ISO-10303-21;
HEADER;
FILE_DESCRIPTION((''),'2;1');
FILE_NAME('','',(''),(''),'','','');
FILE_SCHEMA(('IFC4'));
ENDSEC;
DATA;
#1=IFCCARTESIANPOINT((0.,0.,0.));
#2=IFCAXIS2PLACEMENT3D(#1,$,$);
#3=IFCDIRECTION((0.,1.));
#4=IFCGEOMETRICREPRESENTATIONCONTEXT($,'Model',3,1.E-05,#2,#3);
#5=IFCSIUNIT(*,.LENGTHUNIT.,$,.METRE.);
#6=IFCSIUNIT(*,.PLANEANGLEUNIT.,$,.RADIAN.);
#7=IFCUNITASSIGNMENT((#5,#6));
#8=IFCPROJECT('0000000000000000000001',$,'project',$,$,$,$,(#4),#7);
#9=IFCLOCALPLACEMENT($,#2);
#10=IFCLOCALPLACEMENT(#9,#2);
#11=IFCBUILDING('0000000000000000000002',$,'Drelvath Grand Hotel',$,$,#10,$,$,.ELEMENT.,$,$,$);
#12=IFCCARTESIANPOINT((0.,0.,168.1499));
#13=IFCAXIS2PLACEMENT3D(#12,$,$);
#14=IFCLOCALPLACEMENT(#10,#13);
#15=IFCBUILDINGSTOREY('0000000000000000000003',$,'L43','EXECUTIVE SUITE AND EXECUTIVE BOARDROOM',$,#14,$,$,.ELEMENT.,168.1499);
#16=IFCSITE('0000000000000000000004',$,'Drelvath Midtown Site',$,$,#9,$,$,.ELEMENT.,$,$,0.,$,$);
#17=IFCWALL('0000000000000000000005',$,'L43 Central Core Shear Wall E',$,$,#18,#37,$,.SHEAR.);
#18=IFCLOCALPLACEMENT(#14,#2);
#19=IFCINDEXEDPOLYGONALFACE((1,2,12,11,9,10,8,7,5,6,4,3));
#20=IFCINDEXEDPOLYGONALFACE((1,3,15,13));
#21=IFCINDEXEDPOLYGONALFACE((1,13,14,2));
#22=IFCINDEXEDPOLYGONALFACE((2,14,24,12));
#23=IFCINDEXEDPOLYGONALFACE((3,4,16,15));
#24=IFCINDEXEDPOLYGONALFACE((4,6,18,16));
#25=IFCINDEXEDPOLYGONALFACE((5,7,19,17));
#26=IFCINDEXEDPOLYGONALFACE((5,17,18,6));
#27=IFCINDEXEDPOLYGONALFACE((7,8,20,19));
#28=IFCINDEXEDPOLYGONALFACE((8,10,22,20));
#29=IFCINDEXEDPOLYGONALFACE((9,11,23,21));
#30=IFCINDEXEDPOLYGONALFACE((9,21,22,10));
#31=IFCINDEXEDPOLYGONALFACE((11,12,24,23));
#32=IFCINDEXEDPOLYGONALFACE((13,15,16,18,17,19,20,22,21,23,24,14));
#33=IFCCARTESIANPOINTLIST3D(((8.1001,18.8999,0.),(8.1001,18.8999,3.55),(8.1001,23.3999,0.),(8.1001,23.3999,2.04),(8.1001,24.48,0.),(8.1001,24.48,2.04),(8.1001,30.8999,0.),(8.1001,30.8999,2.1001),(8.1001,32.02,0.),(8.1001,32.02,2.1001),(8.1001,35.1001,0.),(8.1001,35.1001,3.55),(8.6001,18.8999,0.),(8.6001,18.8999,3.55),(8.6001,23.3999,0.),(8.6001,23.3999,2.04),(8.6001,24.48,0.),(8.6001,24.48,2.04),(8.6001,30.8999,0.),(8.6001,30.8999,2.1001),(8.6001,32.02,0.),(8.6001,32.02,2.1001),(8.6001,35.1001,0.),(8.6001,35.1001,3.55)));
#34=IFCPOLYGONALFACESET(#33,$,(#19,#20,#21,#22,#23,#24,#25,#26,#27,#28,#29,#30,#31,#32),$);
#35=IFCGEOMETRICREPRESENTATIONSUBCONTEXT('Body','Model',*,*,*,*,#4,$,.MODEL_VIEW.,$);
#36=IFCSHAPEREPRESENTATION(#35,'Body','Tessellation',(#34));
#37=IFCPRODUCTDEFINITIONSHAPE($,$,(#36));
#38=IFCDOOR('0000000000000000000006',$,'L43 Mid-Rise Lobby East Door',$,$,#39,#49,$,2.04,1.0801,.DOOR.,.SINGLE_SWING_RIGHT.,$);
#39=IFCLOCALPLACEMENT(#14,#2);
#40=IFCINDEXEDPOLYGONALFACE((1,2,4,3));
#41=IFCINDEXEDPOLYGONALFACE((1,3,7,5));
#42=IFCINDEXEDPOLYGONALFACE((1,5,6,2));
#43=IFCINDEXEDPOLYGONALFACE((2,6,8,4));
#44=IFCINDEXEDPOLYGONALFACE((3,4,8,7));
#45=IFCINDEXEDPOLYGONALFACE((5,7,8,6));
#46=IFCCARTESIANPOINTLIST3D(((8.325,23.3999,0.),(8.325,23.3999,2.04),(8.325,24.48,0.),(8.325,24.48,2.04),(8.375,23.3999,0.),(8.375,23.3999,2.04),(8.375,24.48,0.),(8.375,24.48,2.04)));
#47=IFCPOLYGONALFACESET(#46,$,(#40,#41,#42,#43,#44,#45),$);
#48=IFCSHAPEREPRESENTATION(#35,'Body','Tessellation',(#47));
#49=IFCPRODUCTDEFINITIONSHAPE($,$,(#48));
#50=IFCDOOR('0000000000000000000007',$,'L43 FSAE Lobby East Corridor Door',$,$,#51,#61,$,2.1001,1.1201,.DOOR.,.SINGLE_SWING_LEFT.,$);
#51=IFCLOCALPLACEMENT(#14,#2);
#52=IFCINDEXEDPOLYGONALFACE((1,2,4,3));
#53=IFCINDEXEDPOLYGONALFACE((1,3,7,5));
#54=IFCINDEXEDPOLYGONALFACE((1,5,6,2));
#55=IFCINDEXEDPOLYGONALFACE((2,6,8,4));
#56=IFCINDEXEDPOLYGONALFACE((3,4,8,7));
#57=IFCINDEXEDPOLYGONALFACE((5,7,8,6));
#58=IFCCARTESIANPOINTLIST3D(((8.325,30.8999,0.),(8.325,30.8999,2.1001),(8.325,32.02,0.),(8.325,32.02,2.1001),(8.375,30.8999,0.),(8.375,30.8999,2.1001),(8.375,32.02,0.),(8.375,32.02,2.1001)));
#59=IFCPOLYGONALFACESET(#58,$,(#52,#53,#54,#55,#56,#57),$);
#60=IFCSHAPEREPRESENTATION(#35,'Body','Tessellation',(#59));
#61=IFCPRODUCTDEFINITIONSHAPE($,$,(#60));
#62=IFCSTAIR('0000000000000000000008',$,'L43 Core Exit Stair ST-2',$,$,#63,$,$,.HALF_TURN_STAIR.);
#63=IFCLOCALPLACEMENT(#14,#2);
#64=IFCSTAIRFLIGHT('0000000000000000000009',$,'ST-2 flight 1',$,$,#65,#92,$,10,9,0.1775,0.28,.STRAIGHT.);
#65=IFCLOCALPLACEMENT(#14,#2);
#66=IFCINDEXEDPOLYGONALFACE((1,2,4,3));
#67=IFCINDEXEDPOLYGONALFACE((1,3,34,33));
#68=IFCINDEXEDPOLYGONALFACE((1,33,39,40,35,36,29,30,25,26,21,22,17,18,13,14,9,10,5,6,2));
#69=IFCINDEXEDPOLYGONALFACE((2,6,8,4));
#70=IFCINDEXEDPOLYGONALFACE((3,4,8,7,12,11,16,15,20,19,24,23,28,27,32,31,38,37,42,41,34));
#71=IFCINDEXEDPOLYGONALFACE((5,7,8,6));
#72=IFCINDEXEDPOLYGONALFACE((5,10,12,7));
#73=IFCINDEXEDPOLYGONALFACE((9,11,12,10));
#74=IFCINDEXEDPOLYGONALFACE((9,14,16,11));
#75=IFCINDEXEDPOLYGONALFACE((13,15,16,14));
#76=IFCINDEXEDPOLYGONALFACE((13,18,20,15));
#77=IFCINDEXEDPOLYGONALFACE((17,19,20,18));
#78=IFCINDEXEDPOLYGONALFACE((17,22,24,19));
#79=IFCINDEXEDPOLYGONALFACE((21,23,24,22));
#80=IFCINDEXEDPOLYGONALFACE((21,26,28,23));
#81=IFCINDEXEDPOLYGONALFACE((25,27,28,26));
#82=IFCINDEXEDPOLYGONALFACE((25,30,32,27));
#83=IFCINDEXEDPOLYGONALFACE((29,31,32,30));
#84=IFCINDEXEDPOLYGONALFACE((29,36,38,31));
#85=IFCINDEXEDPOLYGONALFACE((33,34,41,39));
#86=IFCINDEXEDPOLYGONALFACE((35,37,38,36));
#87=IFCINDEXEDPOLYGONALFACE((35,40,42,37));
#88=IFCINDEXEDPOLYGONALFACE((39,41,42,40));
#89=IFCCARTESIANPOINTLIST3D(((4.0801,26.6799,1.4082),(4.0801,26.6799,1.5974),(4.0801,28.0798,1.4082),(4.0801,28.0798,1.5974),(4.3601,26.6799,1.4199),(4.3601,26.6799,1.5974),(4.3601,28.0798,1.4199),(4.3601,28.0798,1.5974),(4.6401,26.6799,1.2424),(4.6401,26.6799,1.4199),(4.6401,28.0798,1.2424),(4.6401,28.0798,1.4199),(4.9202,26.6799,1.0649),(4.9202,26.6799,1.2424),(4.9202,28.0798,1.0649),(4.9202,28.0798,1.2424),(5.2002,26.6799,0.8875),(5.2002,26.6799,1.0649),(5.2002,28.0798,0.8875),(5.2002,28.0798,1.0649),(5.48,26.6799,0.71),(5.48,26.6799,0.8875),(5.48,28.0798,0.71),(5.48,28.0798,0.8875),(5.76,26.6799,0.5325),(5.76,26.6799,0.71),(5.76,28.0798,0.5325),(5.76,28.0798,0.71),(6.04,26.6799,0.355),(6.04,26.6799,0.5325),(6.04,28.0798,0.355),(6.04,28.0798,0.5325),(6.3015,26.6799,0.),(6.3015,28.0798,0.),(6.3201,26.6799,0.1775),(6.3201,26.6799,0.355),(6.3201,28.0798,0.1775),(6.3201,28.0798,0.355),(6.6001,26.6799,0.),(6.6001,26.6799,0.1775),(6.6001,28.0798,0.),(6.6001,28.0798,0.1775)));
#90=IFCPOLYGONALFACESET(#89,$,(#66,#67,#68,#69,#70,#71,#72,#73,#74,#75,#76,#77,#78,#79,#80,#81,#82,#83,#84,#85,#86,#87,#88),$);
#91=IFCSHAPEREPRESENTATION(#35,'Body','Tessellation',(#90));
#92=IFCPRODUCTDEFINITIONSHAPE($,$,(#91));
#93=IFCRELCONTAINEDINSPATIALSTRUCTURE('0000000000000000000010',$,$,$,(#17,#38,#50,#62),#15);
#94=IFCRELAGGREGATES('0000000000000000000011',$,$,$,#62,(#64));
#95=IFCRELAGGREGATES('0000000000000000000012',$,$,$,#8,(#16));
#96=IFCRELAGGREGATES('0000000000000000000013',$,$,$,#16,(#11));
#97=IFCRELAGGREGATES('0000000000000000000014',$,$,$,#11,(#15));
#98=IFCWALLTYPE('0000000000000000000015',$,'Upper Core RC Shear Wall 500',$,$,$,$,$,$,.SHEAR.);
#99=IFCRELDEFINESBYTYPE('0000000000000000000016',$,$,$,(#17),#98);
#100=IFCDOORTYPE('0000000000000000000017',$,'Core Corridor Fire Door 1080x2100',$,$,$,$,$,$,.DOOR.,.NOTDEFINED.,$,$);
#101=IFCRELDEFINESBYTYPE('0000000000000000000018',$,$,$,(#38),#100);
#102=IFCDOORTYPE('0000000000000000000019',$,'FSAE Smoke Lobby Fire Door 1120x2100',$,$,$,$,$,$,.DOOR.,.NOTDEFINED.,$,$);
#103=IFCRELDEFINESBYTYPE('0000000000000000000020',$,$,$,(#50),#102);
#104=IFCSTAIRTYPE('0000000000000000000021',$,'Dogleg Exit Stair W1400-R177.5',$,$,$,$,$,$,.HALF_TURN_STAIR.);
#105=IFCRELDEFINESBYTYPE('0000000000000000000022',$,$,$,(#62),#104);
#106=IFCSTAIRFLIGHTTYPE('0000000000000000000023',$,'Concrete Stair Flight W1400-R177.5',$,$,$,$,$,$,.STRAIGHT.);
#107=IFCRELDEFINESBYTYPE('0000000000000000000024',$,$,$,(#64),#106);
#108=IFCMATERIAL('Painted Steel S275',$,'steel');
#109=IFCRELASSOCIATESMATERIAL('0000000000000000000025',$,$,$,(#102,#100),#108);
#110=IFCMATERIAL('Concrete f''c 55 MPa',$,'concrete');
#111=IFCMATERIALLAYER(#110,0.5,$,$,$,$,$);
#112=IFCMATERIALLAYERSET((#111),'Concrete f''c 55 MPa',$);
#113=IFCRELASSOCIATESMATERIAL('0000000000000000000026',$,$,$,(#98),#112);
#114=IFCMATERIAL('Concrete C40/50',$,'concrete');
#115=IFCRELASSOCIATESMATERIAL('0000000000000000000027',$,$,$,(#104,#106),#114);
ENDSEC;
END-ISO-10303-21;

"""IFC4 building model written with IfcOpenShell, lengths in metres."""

from ifc_helpers import new_model, si_unit, direction, frame, frame_2d, origin, place, context, subcontext, project, spatial, polyline, rectangle, outline, extrude, material, layer, layer_set, type_object, element, fill, aggregate, save


model = new_model("IFC4")

# Units and contexts
model_context = context("Model", 3, precision=1e-05, world=origin(), true_north=direction((0.0, 1.0)))
body_context = subcontext(model_context, "Body", "Model", "MODEL_VIEW")
ifc_project = project(units=[si_unit("LENGTHUNIT", "METRE"), si_unit("PLANEANGLEUNIT", "RADIAN")], contexts=[model_context])

# Site, building, storey
site_placement = place(None, origin())
site = spatial("IfcSite", under=ifc_project, at=site_placement, Name="Drelvath Midtown Site", CompositionType="ELEMENT", RefElevation=0.0)
building_placement = place(site_placement, origin())
building = spatial("IfcBuilding", under=site, at=building_placement, Name="Drelvath Grand Hotel", CompositionType="ELEMENT")
storey_placement = place(building_placement, frame((0.0, 0.0, 168.1499)))
storey = spatial("IfcBuildingStorey", under=building, at=storey_placement, Name="L43", Description="EXECUTIVE SUITE AND EXECUTIVE BOARDROOM", CompositionType="ELEMENT", Elevation=168.1499)

# Shared definitions
ifc_material_1 = material(Name="Concrete f'c 55 MPa", Category="concrete")

# Shared definitions
ifc_material_2 = material(Name="Concrete C40/50", Category="concrete")

# Shared definitions
ifc_material_3 = material(Name="Painted Steel S275", Category="steel")

# Shared definitions
door_type_1 = type_object("IfcDoorType", Name="FSAE Smoke Lobby Fire Door 1120x2100", OperationType="NOTDEFINED", PredefinedType="DOOR", material=ifc_material_3)

# Wall, openings, doors
ifc_layer_1 = layer(ifc_material_1, 0.5)
ifc_layer_set_1 = layer_set([ifc_layer_1], Name="Concrete f'c 55 MPa")
wall_type_1 = type_object("IfcWallType", Name="Upper Core RC Shear Wall 500", PredefinedType="SHEAR", material=ifc_layer_set_1)
wall_1_placement = place(storey_placement, frame((8.3501, 35.1001, 0.0), z_axis=(0.0, 0.0, 1.0), x_axis=(0.0, -1.0, 0.0)))
wall_1 = element("IfcWall", 1, at=wall_1_placement, inside=storey, type_object=wall_type_1, Name="L43 Central Core Shear Wall E", PredefinedType="SHEAR", context=body_context, shape_type="SweptSolid", body=[
    extrude(rectangle(XDim=16.2002, YDim=0.5, at=frame_2d((8.1001, 0.0))), origin(), (0.0, 0.0, 1.0), 3.55),
])
opening_1_placement = place(wall_1_placement, frame((3.0801, 0.0, 0.0)))
opening_1 = element("IfcOpeningElement", 2, at=opening_1_placement, cuts=wall_1, PredefinedType="OPENING", context=body_context, shape_type="SweptSolid", body=[
    extrude(rectangle(XDim=1.1201, YDim=2.1001, at=frame_2d((0.5601, 1.05))), frame((0.0, 0.26, 0.0), z_axis=(0.0, -1.0, 0.0), x_axis=(1.0, 0.0, 0.0)), (0.0, 0.0, 1.0), 0.52),
])
opening_2_placement = place(wall_1_placement, frame((10.6201, 0.0, 0.0)))
opening_2 = element("IfcOpeningElement", 3, at=opening_2_placement, cuts=wall_1, PredefinedType="OPENING", context=body_context, shape_type="SweptSolid", body=[
    extrude(rectangle(XDim=1.0801, YDim=2.04, at=frame_2d((0.54, 1.02))), frame((0.0, 0.26, 0.0), z_axis=(0.0, -1.0, 0.0), x_axis=(1.0, 0.0, 0.0)), (0.0, 0.0, 1.0), 0.52),
])
door_type_2 = type_object("IfcDoorType", Name="Core Corridor Fire Door 1080x2100", OperationType="NOTDEFINED", PredefinedType="DOOR", material=ifc_material_3)
door_1_placement = place(opening_2_placement, origin())
door_1 = element("IfcDoor", 4, at=door_1_placement, inside=storey, type_object=door_type_2, Name="L43 Mid-Rise Lobby East Door", OperationType="SINGLE_SWING_RIGHT", OverallHeight=2.04, OverallWidth=1.0801, PredefinedType="DOOR", context=body_context, shape_type="SweptSolid", body=[
    extrude(rectangle(XDim=1.0801, YDim=2.04, at=frame_2d((0.54, 1.02))), frame((0.0, 0.0249, 0.0), z_axis=(0.0, -1.0, 0.0), x_axis=(1.0, 0.0, 0.0)), (0.0, 0.0, 1.0), 0.05),
])
fill(opening_2, door_1)
door_2_placement = place(opening_1_placement, origin())
door_2 = element("IfcDoor", 5, at=door_2_placement, inside=storey, type_object=door_type_1, Name="L43 FSAE Lobby East Corridor Door", OperationType="SINGLE_SWING_LEFT", OverallHeight=2.1001, OverallWidth=1.1201, PredefinedType="DOOR", context=body_context, shape_type="SweptSolid", body=[
    extrude(rectangle(XDim=1.1201, YDim=2.1001, at=frame_2d((0.5601, 1.05))), frame((0.0, 0.0249, 0.0), z_axis=(0.0, -1.0, 0.0), x_axis=(1.0, 0.0, 0.0)), (0.0, 0.0, 1.0), 0.05),
])
fill(opening_1, door_2)

# Stair, stair flight
stair_type = type_object("IfcStairType", Name="Dogleg Exit Stair W1400-R177.5", PredefinedType="HALF_TURN_STAIR", material=ifc_material_2)
stair_placement = place(storey_placement, origin())
stair = element("IfcStair", 6, at=stair_placement, inside=storey, type_object=stair_type, Name="L43 Core Exit Stair ST-2", PredefinedType="HALF_TURN_STAIR")
stair_flight_type = type_object("IfcStairFlightType", Name="Concrete Stair Flight W1400-R177.5", PredefinedType="STRAIGHT", material=ifc_material_2)
stair_flight_placement = place(storey_placement, frame((6.6001, 27.3799, 0.0), z_axis=(0.0, 0.0, 1.0), x_axis=(-1.0, 0.0, 0.0)))
stair_flight = element("IfcStairFlight", 7, at=stair_flight_placement, type_object=stair_flight_type, Name="ST-2 flight 1", NumberOfRisers=10, NumberOfTreads=9, PredefinedType="STRAIGHT", RiserHeight=0.1775, TreadLength=0.28, context=body_context, shape_type="SweptSolid", body=[
    extrude(outline(polyline([(0.0, 0.0), (0.0, 0.1775), (0.28, 0.1775), (0.28, 0.355), (0.5601, 0.355), (0.5601, 0.5325), (0.8401, 0.5325), (0.8401, 0.71), (1.1201, 0.71), (1.1201, 0.8875), (1.3999, 0.8875), (1.3999, 1.0649), (1.6799, 1.0649), (1.6799, 1.2424), (1.96, 1.2424), (1.96, 1.4199), (2.24, 1.4199), (2.24, 1.5974), (2.52, 1.5974), (2.52, 1.7749), (2.52, 1.4082), (0.2986, 0.0), (0.0, 0.0)])), frame((0.0, 0.7, 0.0), z_axis=(0.0, -1.0, 0.0), x_axis=(1.0, 0.0, 0.0)), (0.0, 0.0, 1.0), 1.3999),
])
aggregate(stair, [stair_flight])

save(model, "model.ifc")
